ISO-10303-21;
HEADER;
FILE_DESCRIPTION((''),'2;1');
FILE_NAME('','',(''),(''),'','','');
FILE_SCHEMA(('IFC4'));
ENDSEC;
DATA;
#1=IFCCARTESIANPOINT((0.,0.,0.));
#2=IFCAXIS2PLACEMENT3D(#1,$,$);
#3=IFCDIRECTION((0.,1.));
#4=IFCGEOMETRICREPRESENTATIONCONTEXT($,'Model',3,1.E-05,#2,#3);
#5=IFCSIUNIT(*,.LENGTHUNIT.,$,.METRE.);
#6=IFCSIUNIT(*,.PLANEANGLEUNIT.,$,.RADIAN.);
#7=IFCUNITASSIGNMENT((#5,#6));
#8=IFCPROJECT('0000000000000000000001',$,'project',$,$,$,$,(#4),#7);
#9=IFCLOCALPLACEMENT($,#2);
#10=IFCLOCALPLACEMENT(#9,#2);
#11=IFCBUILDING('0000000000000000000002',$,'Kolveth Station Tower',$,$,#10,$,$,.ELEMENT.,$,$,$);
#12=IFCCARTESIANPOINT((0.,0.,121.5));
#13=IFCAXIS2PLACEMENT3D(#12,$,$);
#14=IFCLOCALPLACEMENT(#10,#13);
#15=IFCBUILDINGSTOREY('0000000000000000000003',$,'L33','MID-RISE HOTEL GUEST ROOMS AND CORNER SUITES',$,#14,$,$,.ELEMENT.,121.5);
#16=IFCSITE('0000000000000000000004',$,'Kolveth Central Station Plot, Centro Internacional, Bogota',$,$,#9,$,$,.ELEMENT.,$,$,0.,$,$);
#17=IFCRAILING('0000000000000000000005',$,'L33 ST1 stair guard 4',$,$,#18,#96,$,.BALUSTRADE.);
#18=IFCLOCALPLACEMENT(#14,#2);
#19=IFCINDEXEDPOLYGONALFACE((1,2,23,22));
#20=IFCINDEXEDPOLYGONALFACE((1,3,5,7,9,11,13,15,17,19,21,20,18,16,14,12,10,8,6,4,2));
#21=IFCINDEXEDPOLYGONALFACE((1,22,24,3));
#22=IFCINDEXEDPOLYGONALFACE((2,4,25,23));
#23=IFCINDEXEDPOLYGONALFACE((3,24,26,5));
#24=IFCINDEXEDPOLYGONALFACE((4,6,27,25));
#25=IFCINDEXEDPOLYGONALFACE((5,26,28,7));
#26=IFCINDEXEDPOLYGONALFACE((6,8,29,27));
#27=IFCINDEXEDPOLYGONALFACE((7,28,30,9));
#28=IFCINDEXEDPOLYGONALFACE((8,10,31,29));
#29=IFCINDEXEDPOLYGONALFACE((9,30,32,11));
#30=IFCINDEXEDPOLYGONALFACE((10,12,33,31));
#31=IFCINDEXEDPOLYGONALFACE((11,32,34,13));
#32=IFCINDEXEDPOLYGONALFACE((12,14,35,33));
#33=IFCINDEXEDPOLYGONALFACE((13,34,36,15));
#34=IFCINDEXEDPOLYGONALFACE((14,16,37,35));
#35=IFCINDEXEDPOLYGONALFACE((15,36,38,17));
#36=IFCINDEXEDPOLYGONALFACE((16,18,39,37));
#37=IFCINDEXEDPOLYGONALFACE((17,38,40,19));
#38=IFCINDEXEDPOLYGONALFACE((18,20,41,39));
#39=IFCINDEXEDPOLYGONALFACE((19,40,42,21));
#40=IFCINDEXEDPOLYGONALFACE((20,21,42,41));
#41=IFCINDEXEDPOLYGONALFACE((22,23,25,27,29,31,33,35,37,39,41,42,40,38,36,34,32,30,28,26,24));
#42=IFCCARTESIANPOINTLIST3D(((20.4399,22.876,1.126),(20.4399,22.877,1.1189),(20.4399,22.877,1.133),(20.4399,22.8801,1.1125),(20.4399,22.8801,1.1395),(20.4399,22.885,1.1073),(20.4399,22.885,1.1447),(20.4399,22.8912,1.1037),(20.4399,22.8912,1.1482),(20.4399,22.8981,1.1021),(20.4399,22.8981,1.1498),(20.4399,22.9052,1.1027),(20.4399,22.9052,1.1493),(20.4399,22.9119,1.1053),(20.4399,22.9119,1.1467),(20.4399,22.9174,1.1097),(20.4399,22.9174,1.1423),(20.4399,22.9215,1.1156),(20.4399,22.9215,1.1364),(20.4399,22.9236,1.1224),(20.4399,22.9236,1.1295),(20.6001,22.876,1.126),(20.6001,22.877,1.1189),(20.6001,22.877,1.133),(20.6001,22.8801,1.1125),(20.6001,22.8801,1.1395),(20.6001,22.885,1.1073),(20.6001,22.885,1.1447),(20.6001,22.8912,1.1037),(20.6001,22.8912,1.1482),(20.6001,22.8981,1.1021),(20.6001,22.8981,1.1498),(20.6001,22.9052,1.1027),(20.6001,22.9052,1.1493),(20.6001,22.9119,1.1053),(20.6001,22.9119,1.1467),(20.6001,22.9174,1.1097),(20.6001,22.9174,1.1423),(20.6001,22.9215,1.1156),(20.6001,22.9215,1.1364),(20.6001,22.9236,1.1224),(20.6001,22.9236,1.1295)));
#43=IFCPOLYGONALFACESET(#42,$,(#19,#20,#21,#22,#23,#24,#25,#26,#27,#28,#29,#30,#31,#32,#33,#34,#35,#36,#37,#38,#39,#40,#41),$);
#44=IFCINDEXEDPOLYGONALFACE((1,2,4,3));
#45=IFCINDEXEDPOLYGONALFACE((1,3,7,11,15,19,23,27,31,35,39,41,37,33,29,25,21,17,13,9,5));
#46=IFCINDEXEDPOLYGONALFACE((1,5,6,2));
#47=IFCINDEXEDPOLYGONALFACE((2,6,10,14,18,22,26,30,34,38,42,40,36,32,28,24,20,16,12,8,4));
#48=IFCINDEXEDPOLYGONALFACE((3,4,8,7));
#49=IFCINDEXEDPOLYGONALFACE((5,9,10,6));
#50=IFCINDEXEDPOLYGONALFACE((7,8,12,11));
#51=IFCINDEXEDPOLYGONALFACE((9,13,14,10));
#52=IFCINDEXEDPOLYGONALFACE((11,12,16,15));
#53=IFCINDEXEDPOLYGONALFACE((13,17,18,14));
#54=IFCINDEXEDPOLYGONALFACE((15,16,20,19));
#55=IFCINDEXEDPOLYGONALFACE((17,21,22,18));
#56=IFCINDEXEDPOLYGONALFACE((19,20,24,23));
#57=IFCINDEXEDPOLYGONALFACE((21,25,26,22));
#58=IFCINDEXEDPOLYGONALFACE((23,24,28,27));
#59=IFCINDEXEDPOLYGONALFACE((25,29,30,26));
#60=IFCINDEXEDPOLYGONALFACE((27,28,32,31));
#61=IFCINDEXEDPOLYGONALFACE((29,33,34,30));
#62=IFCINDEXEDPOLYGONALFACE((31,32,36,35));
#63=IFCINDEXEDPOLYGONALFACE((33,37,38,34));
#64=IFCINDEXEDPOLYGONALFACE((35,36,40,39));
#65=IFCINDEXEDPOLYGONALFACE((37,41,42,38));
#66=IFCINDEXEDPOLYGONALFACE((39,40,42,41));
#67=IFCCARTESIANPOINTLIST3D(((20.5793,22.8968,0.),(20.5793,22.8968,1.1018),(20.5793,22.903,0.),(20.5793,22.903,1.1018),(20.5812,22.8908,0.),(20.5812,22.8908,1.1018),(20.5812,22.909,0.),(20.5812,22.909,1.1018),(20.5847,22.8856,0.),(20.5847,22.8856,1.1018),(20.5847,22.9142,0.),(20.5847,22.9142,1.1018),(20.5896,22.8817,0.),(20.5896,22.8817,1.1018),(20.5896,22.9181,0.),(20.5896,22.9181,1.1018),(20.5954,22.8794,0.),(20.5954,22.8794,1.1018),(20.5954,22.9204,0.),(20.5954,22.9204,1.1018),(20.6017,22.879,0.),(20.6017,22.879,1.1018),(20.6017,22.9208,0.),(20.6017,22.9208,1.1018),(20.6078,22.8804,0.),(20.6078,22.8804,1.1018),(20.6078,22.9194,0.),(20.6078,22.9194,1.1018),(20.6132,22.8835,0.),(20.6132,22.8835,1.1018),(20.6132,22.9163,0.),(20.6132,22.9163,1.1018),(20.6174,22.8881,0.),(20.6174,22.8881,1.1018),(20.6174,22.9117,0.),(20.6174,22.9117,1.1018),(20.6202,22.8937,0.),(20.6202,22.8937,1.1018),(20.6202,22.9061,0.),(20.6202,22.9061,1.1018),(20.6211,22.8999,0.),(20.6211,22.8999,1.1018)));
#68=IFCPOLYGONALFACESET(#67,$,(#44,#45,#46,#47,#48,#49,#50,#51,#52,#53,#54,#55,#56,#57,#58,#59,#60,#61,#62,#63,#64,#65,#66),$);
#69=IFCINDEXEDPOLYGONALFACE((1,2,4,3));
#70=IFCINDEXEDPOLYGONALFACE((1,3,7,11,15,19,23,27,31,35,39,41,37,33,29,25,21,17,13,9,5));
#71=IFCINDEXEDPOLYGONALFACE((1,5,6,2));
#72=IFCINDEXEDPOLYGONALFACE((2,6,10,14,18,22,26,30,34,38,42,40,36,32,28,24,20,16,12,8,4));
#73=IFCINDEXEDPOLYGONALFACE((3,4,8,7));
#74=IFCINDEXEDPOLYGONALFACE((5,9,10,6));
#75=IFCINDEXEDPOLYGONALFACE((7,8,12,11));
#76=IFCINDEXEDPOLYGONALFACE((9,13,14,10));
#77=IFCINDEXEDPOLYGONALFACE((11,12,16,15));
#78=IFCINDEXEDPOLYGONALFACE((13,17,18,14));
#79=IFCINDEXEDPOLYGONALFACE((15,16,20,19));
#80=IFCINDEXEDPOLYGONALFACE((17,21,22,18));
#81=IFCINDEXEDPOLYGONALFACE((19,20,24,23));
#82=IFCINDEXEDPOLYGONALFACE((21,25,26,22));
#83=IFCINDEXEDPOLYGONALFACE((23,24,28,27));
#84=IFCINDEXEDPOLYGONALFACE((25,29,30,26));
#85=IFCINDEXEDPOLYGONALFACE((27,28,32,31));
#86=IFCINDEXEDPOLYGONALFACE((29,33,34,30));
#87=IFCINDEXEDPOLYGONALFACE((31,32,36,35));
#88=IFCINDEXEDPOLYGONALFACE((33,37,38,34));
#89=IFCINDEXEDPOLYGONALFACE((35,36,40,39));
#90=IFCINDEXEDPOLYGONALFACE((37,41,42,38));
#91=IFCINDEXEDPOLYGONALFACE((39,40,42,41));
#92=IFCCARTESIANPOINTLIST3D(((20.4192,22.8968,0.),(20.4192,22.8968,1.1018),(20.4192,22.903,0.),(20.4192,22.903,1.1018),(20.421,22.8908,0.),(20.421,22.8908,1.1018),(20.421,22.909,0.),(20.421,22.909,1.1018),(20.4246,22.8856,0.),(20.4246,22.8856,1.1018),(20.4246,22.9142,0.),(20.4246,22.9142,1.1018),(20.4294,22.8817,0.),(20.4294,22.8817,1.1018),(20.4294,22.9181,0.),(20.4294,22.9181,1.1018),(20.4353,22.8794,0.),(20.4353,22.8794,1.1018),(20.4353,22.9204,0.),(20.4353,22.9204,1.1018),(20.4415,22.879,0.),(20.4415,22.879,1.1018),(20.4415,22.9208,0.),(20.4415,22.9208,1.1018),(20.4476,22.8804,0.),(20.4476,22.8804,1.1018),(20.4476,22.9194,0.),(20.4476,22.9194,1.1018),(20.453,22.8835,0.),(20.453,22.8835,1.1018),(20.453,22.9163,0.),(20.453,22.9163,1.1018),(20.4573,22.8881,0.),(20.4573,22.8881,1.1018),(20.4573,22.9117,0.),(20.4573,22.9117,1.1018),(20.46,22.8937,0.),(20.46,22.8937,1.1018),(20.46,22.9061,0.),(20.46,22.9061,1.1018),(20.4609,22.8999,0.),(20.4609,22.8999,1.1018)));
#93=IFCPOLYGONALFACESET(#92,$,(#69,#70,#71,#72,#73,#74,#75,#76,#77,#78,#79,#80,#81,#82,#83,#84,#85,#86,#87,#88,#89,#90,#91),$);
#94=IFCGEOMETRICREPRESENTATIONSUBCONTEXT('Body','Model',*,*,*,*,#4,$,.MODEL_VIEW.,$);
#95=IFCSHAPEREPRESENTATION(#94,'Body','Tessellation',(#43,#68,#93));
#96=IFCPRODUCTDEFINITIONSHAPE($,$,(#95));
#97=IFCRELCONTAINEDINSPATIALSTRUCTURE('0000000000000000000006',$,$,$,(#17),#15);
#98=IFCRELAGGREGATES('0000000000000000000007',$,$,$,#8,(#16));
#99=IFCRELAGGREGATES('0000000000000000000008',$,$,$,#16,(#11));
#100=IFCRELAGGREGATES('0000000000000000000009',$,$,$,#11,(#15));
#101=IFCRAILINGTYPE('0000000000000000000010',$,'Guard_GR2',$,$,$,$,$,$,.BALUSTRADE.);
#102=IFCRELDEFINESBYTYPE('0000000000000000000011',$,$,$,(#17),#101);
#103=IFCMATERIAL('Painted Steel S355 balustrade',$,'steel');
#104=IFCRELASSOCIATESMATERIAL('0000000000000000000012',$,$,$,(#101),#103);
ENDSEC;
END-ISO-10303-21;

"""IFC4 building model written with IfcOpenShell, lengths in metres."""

from ifc_helpers import new_model, si_unit, direction, frame, origin, origin_2d, place, context, subcontext, project, spatial, circle, extrude, material, type_object, element, save


model = new_model("IFC4")

# Units and contexts
model_context = context("Model", 3, precision=1e-05, world=origin(), true_north=direction((0.0, 1.0)))
body_context = subcontext(model_context, "Body", "Model", "MODEL_VIEW")
ifc_project = project(units=[si_unit("LENGTHUNIT", "METRE"), si_unit("PLANEANGLEUNIT", "RADIAN")], contexts=[model_context])

# Site, building, storey
site_placement = place(None, origin())
site = spatial("IfcSite", under=ifc_project, at=site_placement, Name="Kolveth Central Station Plot, Centro Internacional, Bogota", CompositionType="ELEMENT", RefElevation=0.0)
building_placement = place(site_placement, origin())
building = spatial("IfcBuilding", under=site, at=building_placement, Name="Kolveth Station Tower", CompositionType="ELEMENT")
storey_placement = place(building_placement, frame((0.0, 0.0, 121.5)))
storey = spatial("IfcBuildingStorey", under=building, at=storey_placement, Name="L33", Description="MID-RISE HOTEL GUEST ROOMS AND CORNER SUITES", CompositionType="ELEMENT", Elevation=121.5)

# Railing
ifc_material_1 = material(Name="Painted Steel S355 balustrade", Category="steel")
railing_type_1 = type_object("IfcRailingType", Name="Guard_GR2", PredefinedType="BALUSTRADE", material=ifc_material_1)
railing_1_placement = place(storey_placement, frame((20.6001, 22.8999, 0.0)))
element("IfcRailing", 1, at=railing_1_placement, inside=storey, type_object=railing_type_1, Name="L33 ST1 stair guard 4", PredefinedType="BALUSTRADE", context=body_context, shape_type="SweptSolid", body=[
    extrude(circle(Radius=0.0239, at=origin_2d()), frame((0.0, 0.0, 1.126), z_axis=(-1.0, 0.0, 0.0), x_axis=(0.0, -1.0, 0.0)), (0.0, 0.0, 1.0), 0.1602),
    extrude(circle(Radius=0.021, at=origin_2d()), origin(), (0.0, 0.0, 1.0), 1.1018),
    extrude(circle(Radius=0.021, at=origin_2d()), frame((-0.1602, 0.0, 0.0)), (0.0, 0.0, 1.0), 1.1018),
])

save(model, "model.ifc")
